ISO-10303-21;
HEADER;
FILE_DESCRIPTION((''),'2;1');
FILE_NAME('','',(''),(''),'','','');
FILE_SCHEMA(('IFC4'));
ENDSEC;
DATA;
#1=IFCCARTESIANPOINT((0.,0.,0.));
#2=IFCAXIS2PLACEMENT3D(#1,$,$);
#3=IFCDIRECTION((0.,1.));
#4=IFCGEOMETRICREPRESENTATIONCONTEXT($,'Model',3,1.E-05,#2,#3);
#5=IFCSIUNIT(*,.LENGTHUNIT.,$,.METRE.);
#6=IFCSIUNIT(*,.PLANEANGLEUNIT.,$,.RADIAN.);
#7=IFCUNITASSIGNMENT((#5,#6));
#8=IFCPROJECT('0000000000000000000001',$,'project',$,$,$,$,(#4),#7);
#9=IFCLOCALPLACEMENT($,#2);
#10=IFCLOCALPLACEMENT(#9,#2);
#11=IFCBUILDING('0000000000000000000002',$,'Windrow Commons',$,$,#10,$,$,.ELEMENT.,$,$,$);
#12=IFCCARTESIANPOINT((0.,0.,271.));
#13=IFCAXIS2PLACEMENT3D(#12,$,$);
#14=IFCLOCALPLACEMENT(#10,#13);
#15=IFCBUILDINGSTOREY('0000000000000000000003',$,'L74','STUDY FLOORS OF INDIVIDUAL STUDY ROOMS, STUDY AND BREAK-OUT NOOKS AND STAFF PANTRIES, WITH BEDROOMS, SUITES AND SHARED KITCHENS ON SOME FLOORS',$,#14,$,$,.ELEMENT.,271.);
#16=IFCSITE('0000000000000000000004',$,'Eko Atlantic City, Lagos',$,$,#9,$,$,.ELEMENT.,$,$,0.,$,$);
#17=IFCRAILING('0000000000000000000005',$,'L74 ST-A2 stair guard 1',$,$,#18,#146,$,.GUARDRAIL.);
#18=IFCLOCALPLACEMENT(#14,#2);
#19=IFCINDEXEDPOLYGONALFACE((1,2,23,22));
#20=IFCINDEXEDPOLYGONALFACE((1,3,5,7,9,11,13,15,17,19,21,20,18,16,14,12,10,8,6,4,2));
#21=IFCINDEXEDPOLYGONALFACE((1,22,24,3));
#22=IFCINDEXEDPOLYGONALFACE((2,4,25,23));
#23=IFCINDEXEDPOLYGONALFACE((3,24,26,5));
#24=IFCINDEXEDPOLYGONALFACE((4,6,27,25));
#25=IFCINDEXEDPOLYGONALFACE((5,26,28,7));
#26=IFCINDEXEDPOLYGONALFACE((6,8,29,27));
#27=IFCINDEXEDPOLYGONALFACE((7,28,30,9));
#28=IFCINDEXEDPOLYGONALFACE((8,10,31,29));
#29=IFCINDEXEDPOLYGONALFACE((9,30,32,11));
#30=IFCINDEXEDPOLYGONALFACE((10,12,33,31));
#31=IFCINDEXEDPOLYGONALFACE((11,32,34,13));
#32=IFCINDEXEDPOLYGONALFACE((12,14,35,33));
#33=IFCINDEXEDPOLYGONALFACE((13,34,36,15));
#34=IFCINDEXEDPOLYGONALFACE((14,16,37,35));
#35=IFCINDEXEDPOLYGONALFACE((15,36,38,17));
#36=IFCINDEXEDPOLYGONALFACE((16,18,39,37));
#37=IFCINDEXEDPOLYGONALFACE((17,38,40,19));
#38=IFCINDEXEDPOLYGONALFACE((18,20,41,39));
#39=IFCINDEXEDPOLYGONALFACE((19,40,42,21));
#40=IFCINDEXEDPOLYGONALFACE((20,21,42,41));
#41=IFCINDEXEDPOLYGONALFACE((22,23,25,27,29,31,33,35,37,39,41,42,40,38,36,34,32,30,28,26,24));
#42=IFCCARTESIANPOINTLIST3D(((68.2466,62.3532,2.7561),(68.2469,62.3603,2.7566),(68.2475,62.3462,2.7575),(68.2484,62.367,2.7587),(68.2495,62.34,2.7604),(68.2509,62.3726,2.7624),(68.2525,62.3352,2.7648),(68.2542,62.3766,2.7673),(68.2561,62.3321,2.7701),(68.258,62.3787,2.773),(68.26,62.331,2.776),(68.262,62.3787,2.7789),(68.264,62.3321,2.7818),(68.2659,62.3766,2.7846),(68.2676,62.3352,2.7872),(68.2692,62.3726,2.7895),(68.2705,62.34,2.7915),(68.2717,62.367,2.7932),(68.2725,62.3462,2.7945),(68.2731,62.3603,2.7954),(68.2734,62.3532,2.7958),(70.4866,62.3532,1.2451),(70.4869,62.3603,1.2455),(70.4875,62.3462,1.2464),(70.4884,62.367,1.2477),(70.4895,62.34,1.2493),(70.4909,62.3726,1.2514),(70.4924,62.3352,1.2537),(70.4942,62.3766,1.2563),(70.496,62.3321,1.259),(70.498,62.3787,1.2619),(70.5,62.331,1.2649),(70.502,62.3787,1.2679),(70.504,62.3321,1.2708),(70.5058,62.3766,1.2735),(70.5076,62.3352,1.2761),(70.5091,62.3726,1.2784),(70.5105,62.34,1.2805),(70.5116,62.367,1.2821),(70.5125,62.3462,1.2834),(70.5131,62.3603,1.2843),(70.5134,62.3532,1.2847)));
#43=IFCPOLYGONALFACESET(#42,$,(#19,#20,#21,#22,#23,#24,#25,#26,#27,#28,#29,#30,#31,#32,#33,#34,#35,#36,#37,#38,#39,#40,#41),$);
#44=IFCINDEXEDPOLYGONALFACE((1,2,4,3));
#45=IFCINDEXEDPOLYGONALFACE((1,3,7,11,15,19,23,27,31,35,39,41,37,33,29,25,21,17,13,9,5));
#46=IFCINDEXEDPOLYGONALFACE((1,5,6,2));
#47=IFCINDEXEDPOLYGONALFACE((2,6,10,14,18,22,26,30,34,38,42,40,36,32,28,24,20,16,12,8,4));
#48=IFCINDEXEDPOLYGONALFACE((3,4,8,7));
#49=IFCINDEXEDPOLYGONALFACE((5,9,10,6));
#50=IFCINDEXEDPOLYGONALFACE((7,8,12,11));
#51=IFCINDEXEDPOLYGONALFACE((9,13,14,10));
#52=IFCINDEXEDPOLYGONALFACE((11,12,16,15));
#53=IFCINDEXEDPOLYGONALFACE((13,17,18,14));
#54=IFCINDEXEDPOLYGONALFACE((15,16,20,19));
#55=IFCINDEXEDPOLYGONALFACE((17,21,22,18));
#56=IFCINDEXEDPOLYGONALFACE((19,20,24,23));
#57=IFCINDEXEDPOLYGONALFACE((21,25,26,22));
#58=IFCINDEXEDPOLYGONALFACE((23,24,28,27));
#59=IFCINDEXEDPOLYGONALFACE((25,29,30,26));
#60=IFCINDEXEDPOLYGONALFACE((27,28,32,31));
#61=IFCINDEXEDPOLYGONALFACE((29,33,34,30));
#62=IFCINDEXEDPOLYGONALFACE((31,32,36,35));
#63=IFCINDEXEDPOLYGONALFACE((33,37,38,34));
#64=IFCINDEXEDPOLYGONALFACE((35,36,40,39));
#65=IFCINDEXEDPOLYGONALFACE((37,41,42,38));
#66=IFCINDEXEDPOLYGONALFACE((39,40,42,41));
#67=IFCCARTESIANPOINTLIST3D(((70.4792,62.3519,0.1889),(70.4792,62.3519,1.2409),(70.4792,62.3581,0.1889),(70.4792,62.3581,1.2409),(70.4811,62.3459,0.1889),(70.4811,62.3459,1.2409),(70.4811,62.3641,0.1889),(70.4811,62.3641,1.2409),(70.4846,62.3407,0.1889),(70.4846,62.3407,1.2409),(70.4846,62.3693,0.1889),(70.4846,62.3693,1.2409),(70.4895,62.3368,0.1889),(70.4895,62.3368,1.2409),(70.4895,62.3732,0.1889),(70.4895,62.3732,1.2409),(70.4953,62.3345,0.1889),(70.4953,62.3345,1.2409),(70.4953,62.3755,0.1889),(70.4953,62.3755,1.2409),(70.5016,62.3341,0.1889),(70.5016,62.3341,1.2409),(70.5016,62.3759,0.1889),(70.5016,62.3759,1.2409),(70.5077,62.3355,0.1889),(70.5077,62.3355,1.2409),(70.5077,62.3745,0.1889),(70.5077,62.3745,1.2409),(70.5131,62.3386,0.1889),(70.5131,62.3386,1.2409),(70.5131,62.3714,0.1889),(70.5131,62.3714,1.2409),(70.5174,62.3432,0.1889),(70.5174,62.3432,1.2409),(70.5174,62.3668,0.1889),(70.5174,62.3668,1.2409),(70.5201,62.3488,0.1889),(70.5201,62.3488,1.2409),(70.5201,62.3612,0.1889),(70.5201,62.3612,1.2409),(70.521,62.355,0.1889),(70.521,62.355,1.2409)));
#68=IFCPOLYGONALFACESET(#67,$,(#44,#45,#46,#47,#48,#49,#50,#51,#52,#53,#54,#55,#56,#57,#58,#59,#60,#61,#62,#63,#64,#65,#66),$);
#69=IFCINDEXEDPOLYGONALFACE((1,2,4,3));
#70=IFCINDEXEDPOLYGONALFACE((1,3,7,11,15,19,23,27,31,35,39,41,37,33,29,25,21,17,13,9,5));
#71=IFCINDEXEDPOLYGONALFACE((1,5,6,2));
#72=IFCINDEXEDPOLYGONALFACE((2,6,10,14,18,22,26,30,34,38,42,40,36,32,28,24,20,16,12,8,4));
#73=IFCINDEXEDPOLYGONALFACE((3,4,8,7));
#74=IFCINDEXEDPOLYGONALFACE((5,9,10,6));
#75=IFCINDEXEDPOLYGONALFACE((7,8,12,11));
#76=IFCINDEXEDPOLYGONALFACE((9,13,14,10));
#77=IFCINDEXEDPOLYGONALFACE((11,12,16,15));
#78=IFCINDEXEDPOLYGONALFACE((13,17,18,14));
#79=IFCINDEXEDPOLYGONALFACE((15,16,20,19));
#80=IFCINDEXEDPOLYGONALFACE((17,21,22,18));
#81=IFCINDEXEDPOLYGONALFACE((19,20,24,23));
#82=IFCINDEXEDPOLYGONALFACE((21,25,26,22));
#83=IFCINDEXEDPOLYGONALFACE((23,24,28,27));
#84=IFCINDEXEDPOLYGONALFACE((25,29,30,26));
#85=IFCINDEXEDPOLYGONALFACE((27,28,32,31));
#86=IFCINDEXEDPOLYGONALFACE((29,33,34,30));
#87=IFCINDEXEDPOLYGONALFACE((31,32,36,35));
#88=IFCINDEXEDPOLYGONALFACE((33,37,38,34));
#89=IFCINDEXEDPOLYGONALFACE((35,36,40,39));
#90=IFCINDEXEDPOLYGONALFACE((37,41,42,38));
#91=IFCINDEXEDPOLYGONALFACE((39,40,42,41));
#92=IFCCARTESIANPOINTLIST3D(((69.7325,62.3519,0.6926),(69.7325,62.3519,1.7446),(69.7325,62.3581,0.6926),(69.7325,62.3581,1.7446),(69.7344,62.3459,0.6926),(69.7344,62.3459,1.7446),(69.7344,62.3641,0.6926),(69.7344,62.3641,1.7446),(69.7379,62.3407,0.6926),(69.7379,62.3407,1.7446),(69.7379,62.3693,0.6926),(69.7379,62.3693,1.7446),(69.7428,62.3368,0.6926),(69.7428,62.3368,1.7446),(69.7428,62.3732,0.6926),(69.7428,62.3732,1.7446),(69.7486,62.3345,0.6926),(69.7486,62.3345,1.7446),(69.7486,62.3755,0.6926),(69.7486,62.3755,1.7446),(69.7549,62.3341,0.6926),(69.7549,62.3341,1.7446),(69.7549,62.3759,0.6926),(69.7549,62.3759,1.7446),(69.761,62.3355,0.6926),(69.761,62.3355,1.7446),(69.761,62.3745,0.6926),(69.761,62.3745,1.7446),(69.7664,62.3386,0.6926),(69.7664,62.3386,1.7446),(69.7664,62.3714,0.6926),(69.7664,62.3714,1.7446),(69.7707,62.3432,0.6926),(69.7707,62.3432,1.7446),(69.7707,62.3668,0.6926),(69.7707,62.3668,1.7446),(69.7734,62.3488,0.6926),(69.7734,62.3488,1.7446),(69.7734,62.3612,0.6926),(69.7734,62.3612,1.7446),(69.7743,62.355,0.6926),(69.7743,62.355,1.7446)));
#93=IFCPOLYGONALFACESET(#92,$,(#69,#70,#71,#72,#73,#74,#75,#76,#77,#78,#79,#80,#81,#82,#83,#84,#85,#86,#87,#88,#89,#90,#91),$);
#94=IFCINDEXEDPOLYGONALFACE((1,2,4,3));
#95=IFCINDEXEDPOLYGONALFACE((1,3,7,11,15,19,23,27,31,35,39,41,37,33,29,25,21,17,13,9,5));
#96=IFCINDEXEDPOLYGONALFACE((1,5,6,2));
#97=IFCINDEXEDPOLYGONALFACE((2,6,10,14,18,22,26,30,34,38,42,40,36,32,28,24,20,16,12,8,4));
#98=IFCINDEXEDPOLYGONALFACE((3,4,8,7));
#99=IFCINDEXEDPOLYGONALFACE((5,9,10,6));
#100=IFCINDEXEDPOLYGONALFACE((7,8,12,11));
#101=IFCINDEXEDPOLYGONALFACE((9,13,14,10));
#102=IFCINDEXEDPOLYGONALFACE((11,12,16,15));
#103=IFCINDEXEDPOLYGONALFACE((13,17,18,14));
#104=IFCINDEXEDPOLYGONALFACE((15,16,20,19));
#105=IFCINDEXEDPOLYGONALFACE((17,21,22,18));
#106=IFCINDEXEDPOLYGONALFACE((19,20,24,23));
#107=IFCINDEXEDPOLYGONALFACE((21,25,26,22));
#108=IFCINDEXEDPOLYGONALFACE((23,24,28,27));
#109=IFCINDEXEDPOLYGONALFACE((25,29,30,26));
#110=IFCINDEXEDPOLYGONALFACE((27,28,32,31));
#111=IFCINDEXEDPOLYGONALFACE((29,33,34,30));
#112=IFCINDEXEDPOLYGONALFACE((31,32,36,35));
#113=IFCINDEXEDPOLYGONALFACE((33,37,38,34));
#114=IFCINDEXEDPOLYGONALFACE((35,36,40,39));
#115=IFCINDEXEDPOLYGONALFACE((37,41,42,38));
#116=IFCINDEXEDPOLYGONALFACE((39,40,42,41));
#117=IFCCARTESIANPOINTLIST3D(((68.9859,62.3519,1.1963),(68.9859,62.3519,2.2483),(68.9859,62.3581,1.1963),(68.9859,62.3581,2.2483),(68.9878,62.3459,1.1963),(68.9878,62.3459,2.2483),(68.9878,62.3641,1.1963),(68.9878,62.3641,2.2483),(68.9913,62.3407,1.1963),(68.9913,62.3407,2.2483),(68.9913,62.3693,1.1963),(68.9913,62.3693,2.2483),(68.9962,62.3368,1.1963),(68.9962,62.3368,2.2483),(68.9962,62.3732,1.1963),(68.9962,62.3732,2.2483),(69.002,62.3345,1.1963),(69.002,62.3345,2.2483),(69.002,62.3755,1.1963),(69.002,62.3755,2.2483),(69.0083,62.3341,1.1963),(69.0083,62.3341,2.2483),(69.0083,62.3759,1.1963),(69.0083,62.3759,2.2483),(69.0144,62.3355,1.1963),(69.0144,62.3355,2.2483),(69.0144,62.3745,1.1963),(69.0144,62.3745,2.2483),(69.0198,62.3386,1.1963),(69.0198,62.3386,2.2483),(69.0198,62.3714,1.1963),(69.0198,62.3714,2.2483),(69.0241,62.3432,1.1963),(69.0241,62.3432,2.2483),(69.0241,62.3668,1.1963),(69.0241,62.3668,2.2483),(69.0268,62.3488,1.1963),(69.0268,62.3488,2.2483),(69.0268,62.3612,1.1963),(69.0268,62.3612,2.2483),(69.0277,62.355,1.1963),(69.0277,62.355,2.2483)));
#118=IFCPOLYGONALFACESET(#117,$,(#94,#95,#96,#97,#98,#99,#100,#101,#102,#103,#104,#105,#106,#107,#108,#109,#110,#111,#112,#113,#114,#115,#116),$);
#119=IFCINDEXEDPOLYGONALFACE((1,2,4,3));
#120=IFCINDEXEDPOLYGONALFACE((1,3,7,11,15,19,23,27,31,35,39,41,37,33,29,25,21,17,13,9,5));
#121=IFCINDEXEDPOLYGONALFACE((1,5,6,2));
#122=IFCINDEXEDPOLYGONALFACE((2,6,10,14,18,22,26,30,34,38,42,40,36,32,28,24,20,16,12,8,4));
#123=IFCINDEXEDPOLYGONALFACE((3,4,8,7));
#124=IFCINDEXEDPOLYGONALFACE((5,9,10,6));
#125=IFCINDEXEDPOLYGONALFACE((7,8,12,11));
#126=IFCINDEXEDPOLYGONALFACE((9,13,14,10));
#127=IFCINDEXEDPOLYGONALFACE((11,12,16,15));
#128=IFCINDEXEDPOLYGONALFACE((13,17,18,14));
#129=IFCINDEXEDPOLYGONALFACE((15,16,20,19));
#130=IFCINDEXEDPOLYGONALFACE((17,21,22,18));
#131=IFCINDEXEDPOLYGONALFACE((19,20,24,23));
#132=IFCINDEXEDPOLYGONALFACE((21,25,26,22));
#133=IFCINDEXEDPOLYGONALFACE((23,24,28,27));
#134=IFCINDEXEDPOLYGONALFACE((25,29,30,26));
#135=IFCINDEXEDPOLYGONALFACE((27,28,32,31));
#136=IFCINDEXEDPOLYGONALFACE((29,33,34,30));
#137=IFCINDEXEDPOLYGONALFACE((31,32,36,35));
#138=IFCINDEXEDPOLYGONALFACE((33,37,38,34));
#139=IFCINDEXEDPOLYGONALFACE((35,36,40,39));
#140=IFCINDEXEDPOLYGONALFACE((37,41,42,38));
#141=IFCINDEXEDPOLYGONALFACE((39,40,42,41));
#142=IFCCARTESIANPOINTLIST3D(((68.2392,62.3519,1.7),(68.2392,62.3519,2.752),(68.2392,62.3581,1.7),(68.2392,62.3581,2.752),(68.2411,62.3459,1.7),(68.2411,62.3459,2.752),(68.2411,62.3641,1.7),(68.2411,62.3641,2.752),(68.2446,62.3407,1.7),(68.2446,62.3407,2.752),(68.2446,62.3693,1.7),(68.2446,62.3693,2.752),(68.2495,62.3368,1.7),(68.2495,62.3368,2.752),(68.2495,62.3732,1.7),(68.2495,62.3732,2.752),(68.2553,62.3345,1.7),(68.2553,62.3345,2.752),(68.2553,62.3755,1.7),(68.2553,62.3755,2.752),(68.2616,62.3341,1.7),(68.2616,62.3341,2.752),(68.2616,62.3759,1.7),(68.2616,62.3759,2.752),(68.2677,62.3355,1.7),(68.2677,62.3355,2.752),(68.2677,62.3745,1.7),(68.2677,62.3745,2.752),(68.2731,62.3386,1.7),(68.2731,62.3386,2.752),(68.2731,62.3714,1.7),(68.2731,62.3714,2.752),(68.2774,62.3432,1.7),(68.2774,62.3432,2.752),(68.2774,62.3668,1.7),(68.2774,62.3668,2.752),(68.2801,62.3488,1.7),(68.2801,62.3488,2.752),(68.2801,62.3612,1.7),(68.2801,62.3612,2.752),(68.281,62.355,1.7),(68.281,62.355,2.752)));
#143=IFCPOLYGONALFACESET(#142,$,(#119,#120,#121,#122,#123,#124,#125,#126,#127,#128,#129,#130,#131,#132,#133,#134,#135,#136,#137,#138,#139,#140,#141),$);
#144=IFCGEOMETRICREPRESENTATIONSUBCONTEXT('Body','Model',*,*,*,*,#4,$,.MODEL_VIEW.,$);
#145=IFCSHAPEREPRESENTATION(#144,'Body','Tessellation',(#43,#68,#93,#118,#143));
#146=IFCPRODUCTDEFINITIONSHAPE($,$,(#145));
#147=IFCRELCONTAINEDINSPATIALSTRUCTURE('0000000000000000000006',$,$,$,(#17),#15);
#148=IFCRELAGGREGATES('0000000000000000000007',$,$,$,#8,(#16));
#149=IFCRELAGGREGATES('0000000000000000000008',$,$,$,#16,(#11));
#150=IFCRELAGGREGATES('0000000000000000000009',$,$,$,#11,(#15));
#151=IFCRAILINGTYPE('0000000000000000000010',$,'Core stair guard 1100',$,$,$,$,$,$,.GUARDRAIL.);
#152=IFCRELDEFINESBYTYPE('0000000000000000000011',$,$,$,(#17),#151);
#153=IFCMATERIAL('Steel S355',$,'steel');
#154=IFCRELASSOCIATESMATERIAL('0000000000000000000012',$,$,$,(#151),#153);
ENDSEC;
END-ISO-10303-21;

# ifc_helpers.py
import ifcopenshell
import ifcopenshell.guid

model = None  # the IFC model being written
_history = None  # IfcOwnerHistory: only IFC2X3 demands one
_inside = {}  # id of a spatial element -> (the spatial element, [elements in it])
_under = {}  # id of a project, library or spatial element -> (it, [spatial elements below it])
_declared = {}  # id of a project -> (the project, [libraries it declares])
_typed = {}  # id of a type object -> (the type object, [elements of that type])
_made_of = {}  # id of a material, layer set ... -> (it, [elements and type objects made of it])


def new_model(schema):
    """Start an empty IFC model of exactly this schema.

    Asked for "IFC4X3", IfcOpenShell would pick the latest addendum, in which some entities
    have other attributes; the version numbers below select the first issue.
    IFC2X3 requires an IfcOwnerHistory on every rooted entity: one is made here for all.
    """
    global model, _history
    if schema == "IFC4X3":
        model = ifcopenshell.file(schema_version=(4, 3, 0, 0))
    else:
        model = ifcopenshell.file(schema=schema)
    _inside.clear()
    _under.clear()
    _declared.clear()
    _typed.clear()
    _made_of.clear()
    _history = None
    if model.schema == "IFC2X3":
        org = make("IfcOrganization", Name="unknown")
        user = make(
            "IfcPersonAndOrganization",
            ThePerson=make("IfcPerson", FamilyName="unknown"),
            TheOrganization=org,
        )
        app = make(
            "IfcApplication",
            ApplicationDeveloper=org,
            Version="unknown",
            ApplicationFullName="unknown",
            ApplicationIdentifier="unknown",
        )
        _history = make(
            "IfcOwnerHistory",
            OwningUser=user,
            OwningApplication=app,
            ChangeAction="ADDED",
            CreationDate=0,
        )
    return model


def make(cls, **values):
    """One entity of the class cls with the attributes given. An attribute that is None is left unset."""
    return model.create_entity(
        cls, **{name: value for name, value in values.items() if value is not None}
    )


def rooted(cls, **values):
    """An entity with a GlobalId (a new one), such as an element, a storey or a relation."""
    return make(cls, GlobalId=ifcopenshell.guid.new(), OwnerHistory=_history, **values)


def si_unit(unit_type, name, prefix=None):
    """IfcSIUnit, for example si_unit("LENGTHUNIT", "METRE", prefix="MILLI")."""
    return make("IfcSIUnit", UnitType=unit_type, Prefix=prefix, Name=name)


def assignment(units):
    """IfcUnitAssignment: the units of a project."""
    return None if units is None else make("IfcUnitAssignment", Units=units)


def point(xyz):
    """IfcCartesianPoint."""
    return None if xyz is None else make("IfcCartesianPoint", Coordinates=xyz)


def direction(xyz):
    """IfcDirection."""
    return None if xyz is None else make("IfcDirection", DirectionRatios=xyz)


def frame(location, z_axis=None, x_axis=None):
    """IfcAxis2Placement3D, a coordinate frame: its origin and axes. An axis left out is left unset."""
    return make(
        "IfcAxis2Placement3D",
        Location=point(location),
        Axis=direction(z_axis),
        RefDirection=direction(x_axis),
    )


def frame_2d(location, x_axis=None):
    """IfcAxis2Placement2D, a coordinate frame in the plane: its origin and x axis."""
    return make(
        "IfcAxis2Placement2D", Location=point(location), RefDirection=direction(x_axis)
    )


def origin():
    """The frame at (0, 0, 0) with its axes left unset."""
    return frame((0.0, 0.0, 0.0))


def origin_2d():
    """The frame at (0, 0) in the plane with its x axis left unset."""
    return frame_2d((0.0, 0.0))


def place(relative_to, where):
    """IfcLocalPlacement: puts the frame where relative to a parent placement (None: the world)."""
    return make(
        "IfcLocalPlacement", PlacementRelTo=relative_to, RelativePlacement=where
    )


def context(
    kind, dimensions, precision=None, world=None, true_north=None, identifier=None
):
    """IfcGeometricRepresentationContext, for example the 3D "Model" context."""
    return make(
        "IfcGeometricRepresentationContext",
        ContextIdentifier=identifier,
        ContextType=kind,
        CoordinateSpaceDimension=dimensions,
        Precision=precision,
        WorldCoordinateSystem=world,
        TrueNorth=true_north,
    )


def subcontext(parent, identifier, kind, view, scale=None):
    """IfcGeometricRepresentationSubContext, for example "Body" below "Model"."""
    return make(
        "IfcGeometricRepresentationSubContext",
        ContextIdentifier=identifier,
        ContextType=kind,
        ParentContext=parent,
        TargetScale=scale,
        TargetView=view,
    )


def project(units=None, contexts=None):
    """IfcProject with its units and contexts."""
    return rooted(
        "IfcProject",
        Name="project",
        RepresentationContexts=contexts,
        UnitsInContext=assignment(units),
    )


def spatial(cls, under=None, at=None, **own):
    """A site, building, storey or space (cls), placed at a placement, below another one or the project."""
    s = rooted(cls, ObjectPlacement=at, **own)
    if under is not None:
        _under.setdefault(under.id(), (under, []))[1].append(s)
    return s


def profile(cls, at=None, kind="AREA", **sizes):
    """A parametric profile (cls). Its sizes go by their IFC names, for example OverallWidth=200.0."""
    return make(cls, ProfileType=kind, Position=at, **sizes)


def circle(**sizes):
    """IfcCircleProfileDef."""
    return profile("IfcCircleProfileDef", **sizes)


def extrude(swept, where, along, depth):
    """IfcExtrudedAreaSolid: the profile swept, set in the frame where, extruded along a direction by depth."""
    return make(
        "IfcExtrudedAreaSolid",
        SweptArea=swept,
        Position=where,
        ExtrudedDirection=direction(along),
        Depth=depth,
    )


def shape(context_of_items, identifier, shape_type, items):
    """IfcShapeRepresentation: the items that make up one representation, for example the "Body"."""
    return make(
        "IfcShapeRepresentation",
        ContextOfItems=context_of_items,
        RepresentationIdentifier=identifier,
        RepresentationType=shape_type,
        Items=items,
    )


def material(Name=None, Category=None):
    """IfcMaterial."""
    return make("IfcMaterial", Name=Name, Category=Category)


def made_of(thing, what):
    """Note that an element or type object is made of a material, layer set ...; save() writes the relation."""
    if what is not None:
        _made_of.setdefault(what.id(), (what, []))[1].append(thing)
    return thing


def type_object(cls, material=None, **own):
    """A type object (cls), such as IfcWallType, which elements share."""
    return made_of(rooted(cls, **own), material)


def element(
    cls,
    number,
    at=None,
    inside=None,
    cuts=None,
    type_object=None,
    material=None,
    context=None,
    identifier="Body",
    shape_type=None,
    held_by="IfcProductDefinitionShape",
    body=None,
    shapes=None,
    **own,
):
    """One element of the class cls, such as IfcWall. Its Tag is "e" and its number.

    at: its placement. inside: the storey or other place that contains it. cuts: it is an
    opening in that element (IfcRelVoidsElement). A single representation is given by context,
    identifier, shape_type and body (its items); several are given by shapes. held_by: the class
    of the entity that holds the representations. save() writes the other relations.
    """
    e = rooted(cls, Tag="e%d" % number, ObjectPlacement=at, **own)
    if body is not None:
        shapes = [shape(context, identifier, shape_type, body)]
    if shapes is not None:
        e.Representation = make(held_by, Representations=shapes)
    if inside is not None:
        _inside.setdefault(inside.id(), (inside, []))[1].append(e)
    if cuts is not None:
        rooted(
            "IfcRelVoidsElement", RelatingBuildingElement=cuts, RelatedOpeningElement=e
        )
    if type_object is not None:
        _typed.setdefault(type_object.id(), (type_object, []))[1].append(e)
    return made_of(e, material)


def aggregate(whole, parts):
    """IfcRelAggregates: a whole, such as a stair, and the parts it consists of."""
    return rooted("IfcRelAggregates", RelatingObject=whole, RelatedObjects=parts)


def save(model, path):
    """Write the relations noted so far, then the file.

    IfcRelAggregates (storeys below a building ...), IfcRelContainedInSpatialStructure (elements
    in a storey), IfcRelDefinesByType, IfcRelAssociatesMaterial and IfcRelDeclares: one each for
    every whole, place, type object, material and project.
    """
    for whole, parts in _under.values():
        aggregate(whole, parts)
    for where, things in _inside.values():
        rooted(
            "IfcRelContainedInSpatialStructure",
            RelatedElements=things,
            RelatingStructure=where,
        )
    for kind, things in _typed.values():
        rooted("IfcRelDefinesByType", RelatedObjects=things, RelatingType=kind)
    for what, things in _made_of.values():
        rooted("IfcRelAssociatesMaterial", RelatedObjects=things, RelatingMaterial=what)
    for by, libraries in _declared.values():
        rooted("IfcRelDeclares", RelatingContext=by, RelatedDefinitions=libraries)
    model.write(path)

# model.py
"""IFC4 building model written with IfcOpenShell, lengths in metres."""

from ifc_helpers import new_model, si_unit, direction, frame, origin, origin_2d, place, context, subcontext, project, spatial, circle, extrude, material, type_object, element, save


model = new_model("IFC4")

# Units and contexts
model_context = context("Model", 3, precision=1e-05, world=origin(), true_north=direction((0.0, 1.0)))
body_context = subcontext(model_context, "Body", "Model", "MODEL_VIEW")
ifc_project = project(units=[si_unit("LENGTHUNIT", "METRE"), si_unit("PLANEANGLEUNIT", "RADIAN")], contexts=[model_context])

# Site, building, storey
site_placement = place(None, origin())
site = spatial("IfcSite", under=ifc_project, at=site_placement, Name="Eko Atlantic City, Lagos", CompositionType="ELEMENT", RefElevation=0.0)
building_placement = place(site_placement, origin())
building = spatial("IfcBuilding", under=site, at=building_placement, Name="Windrow Commons", CompositionType="ELEMENT")
storey_placement = place(building_placement, frame((0.0, 0.0, 271.0)))
storey = spatial("IfcBuildingStorey", under=building, at=storey_placement, Name="L74", Description="STUDY FLOORS OF INDIVIDUAL STUDY ROOMS, STUDY AND BREAK-OUT NOOKS AND STAFF PANTRIES, WITH BEDROOMS, SUITES AND SHARED KITCHENS ON SOME FLOORS", CompositionType="ELEMENT", Elevation=271.0)

# Railing
ifc_material_1 = material(Name="Steel S355", Category="steel")
railing_type_1 = type_object("IfcRailingType", Name="Core stair guard 1100", PredefinedType="GUARDRAIL", material=ifc_material_1)
railing_1_placement = place(storey_placement, frame((70.5, 62.355, 0.1889)))
element("IfcRailing", 1, at=railing_1_placement, inside=storey, type_object=railing_type_1, Name="L74 ST-A2 stair guard 1", PredefinedType="GUARDRAIL", context=body_context, shape_type="SweptSolid", body=[
    extrude(circle(Radius=0.024, at=origin_2d()), frame((0.0, 0.0, 1.076), z_axis=(-0.829003, 0.0, 0.559244), x_axis=(0.0, -1.0, 0.0)), (0.0, 0.0, 1.0), 2.702),
    extrude(circle(Radius=0.021, at=origin_2d()), origin(), (0.0, 0.0, 1.0), 1.052),
    extrude(circle(Radius=0.021, at=origin_2d()), frame((-0.7467, 0.0, 0.5037)), (0.0, 0.0, 1.0), 1.052),
    extrude(circle(Radius=0.021, at=origin_2d()), frame((-1.4933, 0.0, 1.0074)), (0.0, 0.0, 1.0), 1.052),
    extrude(circle(Radius=0.021, at=origin_2d()), frame((-2.24, 0.0, 1.5111)), (0.0, 0.0, 1.0), 1.052),
])

save(model, "model.ifc")
